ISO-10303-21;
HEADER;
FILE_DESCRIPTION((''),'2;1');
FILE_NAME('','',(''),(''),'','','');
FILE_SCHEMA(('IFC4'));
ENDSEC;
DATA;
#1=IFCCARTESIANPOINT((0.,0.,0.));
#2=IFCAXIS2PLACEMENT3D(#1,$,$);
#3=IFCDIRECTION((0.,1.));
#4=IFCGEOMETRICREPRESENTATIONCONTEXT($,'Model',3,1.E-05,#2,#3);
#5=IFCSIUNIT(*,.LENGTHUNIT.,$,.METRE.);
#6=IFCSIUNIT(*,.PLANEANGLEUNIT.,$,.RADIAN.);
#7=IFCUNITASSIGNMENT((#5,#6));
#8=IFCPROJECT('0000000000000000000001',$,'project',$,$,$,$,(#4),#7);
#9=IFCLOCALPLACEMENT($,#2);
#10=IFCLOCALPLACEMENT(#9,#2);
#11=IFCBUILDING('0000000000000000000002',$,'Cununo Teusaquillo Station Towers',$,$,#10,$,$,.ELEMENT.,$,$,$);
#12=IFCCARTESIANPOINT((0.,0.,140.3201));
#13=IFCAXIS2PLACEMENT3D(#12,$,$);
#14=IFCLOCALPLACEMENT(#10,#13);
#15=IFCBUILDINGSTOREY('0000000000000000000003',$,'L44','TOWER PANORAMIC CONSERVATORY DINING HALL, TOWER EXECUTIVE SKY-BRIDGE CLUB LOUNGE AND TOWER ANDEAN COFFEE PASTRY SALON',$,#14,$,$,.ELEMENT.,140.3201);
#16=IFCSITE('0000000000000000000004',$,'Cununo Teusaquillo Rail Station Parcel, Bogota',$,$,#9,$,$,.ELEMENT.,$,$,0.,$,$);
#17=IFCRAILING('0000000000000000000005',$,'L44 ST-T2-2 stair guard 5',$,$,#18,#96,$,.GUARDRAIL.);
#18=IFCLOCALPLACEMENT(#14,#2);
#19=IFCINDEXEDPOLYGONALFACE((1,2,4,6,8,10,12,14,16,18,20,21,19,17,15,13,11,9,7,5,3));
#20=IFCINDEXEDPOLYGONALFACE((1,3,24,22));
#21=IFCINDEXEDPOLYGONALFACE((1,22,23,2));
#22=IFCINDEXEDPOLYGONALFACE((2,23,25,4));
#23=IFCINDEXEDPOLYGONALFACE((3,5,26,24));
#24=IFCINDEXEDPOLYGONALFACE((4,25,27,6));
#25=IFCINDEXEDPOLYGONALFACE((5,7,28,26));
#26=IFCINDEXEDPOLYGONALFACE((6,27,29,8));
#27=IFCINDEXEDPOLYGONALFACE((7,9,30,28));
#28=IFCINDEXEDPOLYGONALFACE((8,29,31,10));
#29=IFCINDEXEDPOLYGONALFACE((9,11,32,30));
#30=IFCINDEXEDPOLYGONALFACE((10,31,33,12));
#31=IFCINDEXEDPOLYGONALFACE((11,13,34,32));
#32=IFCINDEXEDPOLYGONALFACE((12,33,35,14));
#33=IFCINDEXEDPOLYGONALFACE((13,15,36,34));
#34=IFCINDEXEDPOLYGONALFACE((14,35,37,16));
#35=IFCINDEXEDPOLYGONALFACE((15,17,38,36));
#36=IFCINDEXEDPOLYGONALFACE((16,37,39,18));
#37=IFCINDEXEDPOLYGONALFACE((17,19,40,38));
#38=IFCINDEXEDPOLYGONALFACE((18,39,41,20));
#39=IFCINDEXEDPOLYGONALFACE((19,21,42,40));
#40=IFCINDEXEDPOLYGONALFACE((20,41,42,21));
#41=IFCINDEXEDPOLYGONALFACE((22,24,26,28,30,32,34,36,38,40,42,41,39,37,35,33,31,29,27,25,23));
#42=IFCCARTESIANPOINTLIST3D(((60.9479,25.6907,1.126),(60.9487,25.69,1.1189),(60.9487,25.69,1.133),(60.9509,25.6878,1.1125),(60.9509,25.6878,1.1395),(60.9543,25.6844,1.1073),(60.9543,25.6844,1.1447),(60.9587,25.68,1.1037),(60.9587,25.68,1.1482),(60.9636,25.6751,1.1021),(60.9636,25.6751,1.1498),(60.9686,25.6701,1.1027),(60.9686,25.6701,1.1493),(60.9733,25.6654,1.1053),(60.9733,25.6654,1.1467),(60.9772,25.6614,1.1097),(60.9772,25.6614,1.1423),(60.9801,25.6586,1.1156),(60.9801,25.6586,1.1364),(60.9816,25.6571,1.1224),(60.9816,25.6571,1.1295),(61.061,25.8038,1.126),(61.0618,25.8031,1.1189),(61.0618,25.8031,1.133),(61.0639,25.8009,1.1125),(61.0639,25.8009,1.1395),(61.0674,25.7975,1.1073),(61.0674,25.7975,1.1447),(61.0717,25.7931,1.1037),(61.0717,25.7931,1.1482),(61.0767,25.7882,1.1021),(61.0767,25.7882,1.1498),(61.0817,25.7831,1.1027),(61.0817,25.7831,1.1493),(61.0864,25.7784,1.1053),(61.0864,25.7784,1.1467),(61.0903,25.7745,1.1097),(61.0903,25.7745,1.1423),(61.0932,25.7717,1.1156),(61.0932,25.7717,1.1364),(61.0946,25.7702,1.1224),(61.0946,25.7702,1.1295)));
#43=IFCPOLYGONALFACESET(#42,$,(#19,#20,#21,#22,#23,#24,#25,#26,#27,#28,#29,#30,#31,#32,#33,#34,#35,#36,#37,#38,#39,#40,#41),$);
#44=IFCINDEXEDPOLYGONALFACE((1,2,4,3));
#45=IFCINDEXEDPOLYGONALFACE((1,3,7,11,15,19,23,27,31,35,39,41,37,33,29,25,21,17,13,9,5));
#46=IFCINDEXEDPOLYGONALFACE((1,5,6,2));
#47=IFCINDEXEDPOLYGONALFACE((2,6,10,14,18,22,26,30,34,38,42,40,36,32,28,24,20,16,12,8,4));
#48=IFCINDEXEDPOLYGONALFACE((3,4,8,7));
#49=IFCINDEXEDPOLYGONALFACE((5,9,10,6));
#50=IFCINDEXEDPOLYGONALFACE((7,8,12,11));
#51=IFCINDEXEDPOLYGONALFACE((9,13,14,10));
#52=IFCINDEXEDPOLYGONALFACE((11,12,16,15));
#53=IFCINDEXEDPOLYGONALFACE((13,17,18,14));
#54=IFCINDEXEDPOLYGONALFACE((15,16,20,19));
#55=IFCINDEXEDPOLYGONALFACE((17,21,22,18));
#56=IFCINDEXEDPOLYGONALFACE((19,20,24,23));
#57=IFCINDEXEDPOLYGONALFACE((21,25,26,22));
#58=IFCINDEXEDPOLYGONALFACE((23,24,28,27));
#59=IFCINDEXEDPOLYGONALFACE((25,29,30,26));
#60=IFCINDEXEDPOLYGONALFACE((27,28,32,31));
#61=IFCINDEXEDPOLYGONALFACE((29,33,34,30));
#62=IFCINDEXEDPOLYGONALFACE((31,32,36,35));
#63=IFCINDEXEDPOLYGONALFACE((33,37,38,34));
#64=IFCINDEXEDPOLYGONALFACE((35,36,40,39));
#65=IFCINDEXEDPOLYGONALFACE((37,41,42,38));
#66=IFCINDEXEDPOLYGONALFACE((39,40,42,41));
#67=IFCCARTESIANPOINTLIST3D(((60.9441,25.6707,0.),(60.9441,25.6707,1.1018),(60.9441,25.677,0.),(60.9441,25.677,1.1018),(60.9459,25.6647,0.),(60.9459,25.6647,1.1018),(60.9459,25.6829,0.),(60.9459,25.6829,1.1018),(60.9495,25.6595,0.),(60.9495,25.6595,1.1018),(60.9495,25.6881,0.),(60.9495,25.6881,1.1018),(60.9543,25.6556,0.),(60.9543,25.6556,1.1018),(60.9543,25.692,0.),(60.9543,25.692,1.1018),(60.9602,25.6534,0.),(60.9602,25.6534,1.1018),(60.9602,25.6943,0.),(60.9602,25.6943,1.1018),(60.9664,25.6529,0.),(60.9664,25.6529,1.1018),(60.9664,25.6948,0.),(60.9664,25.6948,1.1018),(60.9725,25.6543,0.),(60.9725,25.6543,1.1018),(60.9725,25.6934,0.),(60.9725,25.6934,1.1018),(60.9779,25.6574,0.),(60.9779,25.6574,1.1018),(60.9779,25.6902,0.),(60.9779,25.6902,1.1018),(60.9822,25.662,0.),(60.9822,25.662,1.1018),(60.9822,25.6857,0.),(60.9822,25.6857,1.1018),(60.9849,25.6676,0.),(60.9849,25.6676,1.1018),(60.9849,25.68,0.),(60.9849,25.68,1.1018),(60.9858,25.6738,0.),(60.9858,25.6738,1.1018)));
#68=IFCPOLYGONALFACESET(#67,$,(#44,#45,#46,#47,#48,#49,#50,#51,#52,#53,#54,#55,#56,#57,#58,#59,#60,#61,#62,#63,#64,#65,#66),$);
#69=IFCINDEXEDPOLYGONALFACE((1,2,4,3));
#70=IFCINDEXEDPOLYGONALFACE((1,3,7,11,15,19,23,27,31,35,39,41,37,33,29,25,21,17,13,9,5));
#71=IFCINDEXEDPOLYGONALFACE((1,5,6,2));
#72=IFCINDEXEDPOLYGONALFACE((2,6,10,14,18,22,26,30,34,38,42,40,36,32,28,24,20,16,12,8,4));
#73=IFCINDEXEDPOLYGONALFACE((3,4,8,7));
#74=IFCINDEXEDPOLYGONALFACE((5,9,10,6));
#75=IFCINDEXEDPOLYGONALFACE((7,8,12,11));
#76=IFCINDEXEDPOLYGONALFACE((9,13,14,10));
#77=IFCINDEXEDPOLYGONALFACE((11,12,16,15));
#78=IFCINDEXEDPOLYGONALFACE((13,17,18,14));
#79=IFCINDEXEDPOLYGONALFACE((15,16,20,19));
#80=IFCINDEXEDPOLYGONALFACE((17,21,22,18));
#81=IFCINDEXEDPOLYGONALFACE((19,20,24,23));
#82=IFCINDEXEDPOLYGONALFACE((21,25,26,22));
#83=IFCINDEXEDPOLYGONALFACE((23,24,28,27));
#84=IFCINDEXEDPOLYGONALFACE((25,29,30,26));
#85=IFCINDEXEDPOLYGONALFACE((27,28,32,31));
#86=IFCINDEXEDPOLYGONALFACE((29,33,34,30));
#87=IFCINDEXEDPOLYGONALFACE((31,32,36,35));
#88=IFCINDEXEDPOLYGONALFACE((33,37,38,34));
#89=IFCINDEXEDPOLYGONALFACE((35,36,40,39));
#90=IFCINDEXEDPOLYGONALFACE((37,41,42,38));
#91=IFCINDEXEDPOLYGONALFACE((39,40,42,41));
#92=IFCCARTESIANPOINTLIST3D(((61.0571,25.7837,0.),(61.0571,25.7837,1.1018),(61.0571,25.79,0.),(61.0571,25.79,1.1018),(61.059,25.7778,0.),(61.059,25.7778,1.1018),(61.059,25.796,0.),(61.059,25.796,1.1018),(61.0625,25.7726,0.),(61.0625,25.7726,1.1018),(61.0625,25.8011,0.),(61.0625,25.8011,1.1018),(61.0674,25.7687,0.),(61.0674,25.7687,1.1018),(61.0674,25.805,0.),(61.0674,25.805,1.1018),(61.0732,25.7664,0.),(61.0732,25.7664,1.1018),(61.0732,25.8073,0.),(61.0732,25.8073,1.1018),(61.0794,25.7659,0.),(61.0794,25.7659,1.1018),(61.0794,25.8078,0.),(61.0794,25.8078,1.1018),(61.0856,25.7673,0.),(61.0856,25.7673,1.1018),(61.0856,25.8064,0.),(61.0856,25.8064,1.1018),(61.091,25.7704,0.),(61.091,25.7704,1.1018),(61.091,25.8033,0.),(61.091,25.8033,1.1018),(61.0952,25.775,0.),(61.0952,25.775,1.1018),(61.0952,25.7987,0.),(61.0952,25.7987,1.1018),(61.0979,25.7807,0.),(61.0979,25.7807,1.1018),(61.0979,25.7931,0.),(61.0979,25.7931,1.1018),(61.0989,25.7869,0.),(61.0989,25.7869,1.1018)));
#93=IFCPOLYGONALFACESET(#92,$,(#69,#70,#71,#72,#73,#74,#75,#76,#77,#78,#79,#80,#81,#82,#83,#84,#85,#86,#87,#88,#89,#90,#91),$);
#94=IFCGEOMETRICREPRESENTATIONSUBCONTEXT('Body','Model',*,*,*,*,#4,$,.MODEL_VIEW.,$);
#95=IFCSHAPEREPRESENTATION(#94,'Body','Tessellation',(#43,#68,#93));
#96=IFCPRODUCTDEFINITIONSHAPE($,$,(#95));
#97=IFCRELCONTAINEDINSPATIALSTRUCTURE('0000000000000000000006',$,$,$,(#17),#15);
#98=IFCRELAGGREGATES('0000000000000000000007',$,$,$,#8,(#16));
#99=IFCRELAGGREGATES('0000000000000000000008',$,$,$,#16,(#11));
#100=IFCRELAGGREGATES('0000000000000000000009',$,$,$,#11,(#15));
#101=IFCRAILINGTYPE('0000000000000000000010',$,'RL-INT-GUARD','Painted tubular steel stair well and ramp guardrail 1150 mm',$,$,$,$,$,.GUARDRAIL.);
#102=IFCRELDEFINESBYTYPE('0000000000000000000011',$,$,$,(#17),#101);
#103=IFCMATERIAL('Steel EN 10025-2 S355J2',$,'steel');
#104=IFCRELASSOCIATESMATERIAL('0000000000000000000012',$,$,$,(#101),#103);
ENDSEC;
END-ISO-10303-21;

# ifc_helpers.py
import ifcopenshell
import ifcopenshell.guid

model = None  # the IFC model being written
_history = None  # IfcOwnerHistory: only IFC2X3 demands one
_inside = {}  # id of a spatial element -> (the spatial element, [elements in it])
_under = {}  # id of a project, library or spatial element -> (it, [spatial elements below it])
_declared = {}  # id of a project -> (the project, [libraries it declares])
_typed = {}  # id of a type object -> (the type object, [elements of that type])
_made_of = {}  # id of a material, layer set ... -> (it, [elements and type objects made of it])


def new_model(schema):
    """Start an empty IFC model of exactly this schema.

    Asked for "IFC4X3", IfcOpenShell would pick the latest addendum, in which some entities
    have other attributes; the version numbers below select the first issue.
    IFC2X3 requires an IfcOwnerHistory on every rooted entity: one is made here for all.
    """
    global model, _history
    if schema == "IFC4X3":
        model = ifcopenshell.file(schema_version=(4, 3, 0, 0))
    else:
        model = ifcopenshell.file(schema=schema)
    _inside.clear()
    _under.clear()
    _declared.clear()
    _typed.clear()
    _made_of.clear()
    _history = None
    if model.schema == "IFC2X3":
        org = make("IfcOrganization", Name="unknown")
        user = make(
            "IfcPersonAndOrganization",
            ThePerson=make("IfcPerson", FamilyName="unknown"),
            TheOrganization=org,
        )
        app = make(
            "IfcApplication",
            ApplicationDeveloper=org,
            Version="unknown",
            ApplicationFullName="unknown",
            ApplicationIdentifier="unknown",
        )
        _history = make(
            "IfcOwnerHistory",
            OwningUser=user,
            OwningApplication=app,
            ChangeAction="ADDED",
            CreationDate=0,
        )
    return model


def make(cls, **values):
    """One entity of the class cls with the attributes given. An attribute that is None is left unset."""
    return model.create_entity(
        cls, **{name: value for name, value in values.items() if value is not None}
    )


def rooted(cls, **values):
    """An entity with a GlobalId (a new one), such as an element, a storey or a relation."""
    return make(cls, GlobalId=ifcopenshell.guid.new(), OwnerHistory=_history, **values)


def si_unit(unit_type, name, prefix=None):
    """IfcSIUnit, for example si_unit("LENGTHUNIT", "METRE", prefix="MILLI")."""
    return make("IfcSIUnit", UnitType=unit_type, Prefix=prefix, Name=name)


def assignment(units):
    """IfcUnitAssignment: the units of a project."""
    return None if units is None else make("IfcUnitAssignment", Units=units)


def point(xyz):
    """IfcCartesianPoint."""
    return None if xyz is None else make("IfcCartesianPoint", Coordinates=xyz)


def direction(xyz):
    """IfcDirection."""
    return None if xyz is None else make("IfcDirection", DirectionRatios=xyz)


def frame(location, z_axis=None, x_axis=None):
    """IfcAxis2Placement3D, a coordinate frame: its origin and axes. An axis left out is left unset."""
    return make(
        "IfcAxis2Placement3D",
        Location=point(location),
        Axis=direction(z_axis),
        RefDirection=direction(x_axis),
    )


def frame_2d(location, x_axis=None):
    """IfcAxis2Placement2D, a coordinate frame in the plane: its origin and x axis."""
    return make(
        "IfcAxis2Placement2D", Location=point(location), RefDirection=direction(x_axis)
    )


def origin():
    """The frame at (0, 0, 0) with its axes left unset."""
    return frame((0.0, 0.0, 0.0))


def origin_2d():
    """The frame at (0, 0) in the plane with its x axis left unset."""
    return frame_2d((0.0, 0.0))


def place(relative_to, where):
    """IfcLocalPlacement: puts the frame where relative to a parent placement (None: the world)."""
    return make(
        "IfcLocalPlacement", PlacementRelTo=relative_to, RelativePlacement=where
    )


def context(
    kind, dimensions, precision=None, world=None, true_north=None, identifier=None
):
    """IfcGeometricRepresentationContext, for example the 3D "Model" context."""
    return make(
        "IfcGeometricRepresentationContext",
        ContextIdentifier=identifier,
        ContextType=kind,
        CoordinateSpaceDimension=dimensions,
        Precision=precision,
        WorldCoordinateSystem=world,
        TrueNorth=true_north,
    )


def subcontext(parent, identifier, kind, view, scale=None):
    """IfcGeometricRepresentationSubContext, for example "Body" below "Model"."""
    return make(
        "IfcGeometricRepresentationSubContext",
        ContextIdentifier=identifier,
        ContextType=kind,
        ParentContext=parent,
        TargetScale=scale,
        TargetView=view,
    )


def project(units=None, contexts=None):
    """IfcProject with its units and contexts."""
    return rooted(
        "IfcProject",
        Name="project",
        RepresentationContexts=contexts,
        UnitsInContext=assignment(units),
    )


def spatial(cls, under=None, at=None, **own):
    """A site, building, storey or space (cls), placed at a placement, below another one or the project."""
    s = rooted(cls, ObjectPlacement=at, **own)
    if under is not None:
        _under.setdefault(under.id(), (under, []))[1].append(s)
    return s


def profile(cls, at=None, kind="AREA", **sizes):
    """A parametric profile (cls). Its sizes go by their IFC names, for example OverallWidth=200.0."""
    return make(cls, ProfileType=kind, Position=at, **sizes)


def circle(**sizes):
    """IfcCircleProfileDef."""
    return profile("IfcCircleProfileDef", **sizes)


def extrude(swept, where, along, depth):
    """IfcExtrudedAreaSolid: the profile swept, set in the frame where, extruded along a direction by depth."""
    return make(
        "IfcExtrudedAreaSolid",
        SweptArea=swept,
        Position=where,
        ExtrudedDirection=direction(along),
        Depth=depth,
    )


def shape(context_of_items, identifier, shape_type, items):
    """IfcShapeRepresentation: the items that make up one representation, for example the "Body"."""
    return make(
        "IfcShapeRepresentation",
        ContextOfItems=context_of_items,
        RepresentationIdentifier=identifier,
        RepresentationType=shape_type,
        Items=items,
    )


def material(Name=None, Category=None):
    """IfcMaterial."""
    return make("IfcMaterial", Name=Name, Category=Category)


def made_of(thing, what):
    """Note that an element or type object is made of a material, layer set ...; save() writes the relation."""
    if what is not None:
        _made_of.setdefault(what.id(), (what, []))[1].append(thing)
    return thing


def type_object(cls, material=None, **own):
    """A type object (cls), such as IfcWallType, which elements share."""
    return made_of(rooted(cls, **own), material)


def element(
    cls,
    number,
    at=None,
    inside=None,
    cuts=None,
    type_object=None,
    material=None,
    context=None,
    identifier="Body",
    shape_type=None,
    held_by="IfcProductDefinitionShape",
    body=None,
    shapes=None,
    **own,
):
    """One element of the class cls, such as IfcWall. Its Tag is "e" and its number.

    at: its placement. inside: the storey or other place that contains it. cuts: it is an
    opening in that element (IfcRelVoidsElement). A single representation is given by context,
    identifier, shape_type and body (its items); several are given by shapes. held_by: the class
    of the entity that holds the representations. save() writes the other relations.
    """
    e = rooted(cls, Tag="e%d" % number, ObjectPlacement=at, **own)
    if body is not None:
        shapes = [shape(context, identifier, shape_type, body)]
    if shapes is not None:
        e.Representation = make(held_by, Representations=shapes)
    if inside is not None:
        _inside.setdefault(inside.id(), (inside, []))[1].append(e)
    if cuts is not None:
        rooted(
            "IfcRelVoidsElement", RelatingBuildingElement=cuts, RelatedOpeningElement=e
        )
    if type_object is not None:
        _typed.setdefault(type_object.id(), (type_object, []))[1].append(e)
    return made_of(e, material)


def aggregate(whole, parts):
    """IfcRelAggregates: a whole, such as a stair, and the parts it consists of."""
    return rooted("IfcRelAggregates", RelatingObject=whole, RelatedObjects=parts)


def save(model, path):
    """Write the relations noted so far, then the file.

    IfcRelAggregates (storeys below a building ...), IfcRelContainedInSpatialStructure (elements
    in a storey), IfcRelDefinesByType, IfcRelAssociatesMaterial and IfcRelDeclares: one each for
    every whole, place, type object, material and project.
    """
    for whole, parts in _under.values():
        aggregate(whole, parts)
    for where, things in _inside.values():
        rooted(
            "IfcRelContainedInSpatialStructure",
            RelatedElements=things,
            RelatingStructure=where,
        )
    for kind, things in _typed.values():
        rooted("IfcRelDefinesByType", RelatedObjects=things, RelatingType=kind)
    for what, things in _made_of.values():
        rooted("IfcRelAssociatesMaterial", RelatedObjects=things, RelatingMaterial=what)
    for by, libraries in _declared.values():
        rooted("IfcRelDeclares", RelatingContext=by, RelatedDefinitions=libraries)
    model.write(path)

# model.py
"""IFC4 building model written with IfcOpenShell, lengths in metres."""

from ifc_helpers import new_model, si_unit, direction, frame, origin, origin_2d, place, context, subcontext, project, spatial, circle, extrude, material, type_object, element, save


model = new_model("IFC4")

# Units and contexts
model_context = context("Model", 3, precision=1e-05, world=origin(), true_north=direction((0.0, 1.0)))
body_context = subcontext(model_context, "Body", "Model", "MODEL_VIEW")
ifc_project = project(units=[si_unit("LENGTHUNIT", "METRE"), si_unit("PLANEANGLEUNIT", "RADIAN")], contexts=[model_context])

# Site, building, storey
site_placement = place(None, origin())
site = spatial("IfcSite", under=ifc_project, at=site_placement, Name="Cununo Teusaquillo Rail Station Parcel, Bogota", CompositionType="ELEMENT", RefElevation=0.0)
building_placement = place(site_placement, origin())
building = spatial("IfcBuilding", under=site, at=building_placement, Name="Cununo Teusaquillo Station Towers", CompositionType="ELEMENT")
storey_placement = place(building_placement, frame((0.0, 0.0, 140.3201)))
storey = spatial("IfcBuildingStorey", under=building, at=storey_placement, Name="L44", Description="TOWER PANORAMIC CONSERVATORY DINING HALL, TOWER EXECUTIVE SKY-BRIDGE CLUB LOUNGE AND TOWER ANDEAN COFFEE PASTRY SALON", CompositionType="ELEMENT", Elevation=140.3201)

# Railing
ifc_material_1 = material(Name="Steel EN 10025-2 S355J2", Category="steel")
railing_type_1 = type_object("IfcRailingType", Name="RL-INT-GUARD", Description="Painted tubular steel stair well and ramp guardrail 1150 mm", PredefinedType="GUARDRAIL", material=ifc_material_1)
railing_1_placement = place(storey_placement, frame((60.9648, 25.6738, 0.0)))
element("IfcRailing", 1, at=railing_1_placement, inside=storey, type_object=railing_type_1, Name="L44 ST-T2-2 stair guard 5", PredefinedType="GUARDRAIL", context=body_context, shape_type="SweptSolid", body=[
    extrude(circle(Radius=0.0239, at=origin_2d()), frame((0.0, 0.0, 1.126), z_axis=(0.707107, 0.707107, 0.0), x_axis=(-0.707107, 0.707107, 0.0)), (0.0, 0.0, 1.0), 0.1599),
    extrude(circle(Radius=0.021, at=origin_2d()), origin(), (0.0, 0.0, 1.0), 1.1018),
    extrude(circle(Radius=0.021, at=origin_2d()), frame((0.113, 0.113, 0.0)), (0.0, 0.0, 1.0), 1.1018),
])

save(model, "model.ifc")
